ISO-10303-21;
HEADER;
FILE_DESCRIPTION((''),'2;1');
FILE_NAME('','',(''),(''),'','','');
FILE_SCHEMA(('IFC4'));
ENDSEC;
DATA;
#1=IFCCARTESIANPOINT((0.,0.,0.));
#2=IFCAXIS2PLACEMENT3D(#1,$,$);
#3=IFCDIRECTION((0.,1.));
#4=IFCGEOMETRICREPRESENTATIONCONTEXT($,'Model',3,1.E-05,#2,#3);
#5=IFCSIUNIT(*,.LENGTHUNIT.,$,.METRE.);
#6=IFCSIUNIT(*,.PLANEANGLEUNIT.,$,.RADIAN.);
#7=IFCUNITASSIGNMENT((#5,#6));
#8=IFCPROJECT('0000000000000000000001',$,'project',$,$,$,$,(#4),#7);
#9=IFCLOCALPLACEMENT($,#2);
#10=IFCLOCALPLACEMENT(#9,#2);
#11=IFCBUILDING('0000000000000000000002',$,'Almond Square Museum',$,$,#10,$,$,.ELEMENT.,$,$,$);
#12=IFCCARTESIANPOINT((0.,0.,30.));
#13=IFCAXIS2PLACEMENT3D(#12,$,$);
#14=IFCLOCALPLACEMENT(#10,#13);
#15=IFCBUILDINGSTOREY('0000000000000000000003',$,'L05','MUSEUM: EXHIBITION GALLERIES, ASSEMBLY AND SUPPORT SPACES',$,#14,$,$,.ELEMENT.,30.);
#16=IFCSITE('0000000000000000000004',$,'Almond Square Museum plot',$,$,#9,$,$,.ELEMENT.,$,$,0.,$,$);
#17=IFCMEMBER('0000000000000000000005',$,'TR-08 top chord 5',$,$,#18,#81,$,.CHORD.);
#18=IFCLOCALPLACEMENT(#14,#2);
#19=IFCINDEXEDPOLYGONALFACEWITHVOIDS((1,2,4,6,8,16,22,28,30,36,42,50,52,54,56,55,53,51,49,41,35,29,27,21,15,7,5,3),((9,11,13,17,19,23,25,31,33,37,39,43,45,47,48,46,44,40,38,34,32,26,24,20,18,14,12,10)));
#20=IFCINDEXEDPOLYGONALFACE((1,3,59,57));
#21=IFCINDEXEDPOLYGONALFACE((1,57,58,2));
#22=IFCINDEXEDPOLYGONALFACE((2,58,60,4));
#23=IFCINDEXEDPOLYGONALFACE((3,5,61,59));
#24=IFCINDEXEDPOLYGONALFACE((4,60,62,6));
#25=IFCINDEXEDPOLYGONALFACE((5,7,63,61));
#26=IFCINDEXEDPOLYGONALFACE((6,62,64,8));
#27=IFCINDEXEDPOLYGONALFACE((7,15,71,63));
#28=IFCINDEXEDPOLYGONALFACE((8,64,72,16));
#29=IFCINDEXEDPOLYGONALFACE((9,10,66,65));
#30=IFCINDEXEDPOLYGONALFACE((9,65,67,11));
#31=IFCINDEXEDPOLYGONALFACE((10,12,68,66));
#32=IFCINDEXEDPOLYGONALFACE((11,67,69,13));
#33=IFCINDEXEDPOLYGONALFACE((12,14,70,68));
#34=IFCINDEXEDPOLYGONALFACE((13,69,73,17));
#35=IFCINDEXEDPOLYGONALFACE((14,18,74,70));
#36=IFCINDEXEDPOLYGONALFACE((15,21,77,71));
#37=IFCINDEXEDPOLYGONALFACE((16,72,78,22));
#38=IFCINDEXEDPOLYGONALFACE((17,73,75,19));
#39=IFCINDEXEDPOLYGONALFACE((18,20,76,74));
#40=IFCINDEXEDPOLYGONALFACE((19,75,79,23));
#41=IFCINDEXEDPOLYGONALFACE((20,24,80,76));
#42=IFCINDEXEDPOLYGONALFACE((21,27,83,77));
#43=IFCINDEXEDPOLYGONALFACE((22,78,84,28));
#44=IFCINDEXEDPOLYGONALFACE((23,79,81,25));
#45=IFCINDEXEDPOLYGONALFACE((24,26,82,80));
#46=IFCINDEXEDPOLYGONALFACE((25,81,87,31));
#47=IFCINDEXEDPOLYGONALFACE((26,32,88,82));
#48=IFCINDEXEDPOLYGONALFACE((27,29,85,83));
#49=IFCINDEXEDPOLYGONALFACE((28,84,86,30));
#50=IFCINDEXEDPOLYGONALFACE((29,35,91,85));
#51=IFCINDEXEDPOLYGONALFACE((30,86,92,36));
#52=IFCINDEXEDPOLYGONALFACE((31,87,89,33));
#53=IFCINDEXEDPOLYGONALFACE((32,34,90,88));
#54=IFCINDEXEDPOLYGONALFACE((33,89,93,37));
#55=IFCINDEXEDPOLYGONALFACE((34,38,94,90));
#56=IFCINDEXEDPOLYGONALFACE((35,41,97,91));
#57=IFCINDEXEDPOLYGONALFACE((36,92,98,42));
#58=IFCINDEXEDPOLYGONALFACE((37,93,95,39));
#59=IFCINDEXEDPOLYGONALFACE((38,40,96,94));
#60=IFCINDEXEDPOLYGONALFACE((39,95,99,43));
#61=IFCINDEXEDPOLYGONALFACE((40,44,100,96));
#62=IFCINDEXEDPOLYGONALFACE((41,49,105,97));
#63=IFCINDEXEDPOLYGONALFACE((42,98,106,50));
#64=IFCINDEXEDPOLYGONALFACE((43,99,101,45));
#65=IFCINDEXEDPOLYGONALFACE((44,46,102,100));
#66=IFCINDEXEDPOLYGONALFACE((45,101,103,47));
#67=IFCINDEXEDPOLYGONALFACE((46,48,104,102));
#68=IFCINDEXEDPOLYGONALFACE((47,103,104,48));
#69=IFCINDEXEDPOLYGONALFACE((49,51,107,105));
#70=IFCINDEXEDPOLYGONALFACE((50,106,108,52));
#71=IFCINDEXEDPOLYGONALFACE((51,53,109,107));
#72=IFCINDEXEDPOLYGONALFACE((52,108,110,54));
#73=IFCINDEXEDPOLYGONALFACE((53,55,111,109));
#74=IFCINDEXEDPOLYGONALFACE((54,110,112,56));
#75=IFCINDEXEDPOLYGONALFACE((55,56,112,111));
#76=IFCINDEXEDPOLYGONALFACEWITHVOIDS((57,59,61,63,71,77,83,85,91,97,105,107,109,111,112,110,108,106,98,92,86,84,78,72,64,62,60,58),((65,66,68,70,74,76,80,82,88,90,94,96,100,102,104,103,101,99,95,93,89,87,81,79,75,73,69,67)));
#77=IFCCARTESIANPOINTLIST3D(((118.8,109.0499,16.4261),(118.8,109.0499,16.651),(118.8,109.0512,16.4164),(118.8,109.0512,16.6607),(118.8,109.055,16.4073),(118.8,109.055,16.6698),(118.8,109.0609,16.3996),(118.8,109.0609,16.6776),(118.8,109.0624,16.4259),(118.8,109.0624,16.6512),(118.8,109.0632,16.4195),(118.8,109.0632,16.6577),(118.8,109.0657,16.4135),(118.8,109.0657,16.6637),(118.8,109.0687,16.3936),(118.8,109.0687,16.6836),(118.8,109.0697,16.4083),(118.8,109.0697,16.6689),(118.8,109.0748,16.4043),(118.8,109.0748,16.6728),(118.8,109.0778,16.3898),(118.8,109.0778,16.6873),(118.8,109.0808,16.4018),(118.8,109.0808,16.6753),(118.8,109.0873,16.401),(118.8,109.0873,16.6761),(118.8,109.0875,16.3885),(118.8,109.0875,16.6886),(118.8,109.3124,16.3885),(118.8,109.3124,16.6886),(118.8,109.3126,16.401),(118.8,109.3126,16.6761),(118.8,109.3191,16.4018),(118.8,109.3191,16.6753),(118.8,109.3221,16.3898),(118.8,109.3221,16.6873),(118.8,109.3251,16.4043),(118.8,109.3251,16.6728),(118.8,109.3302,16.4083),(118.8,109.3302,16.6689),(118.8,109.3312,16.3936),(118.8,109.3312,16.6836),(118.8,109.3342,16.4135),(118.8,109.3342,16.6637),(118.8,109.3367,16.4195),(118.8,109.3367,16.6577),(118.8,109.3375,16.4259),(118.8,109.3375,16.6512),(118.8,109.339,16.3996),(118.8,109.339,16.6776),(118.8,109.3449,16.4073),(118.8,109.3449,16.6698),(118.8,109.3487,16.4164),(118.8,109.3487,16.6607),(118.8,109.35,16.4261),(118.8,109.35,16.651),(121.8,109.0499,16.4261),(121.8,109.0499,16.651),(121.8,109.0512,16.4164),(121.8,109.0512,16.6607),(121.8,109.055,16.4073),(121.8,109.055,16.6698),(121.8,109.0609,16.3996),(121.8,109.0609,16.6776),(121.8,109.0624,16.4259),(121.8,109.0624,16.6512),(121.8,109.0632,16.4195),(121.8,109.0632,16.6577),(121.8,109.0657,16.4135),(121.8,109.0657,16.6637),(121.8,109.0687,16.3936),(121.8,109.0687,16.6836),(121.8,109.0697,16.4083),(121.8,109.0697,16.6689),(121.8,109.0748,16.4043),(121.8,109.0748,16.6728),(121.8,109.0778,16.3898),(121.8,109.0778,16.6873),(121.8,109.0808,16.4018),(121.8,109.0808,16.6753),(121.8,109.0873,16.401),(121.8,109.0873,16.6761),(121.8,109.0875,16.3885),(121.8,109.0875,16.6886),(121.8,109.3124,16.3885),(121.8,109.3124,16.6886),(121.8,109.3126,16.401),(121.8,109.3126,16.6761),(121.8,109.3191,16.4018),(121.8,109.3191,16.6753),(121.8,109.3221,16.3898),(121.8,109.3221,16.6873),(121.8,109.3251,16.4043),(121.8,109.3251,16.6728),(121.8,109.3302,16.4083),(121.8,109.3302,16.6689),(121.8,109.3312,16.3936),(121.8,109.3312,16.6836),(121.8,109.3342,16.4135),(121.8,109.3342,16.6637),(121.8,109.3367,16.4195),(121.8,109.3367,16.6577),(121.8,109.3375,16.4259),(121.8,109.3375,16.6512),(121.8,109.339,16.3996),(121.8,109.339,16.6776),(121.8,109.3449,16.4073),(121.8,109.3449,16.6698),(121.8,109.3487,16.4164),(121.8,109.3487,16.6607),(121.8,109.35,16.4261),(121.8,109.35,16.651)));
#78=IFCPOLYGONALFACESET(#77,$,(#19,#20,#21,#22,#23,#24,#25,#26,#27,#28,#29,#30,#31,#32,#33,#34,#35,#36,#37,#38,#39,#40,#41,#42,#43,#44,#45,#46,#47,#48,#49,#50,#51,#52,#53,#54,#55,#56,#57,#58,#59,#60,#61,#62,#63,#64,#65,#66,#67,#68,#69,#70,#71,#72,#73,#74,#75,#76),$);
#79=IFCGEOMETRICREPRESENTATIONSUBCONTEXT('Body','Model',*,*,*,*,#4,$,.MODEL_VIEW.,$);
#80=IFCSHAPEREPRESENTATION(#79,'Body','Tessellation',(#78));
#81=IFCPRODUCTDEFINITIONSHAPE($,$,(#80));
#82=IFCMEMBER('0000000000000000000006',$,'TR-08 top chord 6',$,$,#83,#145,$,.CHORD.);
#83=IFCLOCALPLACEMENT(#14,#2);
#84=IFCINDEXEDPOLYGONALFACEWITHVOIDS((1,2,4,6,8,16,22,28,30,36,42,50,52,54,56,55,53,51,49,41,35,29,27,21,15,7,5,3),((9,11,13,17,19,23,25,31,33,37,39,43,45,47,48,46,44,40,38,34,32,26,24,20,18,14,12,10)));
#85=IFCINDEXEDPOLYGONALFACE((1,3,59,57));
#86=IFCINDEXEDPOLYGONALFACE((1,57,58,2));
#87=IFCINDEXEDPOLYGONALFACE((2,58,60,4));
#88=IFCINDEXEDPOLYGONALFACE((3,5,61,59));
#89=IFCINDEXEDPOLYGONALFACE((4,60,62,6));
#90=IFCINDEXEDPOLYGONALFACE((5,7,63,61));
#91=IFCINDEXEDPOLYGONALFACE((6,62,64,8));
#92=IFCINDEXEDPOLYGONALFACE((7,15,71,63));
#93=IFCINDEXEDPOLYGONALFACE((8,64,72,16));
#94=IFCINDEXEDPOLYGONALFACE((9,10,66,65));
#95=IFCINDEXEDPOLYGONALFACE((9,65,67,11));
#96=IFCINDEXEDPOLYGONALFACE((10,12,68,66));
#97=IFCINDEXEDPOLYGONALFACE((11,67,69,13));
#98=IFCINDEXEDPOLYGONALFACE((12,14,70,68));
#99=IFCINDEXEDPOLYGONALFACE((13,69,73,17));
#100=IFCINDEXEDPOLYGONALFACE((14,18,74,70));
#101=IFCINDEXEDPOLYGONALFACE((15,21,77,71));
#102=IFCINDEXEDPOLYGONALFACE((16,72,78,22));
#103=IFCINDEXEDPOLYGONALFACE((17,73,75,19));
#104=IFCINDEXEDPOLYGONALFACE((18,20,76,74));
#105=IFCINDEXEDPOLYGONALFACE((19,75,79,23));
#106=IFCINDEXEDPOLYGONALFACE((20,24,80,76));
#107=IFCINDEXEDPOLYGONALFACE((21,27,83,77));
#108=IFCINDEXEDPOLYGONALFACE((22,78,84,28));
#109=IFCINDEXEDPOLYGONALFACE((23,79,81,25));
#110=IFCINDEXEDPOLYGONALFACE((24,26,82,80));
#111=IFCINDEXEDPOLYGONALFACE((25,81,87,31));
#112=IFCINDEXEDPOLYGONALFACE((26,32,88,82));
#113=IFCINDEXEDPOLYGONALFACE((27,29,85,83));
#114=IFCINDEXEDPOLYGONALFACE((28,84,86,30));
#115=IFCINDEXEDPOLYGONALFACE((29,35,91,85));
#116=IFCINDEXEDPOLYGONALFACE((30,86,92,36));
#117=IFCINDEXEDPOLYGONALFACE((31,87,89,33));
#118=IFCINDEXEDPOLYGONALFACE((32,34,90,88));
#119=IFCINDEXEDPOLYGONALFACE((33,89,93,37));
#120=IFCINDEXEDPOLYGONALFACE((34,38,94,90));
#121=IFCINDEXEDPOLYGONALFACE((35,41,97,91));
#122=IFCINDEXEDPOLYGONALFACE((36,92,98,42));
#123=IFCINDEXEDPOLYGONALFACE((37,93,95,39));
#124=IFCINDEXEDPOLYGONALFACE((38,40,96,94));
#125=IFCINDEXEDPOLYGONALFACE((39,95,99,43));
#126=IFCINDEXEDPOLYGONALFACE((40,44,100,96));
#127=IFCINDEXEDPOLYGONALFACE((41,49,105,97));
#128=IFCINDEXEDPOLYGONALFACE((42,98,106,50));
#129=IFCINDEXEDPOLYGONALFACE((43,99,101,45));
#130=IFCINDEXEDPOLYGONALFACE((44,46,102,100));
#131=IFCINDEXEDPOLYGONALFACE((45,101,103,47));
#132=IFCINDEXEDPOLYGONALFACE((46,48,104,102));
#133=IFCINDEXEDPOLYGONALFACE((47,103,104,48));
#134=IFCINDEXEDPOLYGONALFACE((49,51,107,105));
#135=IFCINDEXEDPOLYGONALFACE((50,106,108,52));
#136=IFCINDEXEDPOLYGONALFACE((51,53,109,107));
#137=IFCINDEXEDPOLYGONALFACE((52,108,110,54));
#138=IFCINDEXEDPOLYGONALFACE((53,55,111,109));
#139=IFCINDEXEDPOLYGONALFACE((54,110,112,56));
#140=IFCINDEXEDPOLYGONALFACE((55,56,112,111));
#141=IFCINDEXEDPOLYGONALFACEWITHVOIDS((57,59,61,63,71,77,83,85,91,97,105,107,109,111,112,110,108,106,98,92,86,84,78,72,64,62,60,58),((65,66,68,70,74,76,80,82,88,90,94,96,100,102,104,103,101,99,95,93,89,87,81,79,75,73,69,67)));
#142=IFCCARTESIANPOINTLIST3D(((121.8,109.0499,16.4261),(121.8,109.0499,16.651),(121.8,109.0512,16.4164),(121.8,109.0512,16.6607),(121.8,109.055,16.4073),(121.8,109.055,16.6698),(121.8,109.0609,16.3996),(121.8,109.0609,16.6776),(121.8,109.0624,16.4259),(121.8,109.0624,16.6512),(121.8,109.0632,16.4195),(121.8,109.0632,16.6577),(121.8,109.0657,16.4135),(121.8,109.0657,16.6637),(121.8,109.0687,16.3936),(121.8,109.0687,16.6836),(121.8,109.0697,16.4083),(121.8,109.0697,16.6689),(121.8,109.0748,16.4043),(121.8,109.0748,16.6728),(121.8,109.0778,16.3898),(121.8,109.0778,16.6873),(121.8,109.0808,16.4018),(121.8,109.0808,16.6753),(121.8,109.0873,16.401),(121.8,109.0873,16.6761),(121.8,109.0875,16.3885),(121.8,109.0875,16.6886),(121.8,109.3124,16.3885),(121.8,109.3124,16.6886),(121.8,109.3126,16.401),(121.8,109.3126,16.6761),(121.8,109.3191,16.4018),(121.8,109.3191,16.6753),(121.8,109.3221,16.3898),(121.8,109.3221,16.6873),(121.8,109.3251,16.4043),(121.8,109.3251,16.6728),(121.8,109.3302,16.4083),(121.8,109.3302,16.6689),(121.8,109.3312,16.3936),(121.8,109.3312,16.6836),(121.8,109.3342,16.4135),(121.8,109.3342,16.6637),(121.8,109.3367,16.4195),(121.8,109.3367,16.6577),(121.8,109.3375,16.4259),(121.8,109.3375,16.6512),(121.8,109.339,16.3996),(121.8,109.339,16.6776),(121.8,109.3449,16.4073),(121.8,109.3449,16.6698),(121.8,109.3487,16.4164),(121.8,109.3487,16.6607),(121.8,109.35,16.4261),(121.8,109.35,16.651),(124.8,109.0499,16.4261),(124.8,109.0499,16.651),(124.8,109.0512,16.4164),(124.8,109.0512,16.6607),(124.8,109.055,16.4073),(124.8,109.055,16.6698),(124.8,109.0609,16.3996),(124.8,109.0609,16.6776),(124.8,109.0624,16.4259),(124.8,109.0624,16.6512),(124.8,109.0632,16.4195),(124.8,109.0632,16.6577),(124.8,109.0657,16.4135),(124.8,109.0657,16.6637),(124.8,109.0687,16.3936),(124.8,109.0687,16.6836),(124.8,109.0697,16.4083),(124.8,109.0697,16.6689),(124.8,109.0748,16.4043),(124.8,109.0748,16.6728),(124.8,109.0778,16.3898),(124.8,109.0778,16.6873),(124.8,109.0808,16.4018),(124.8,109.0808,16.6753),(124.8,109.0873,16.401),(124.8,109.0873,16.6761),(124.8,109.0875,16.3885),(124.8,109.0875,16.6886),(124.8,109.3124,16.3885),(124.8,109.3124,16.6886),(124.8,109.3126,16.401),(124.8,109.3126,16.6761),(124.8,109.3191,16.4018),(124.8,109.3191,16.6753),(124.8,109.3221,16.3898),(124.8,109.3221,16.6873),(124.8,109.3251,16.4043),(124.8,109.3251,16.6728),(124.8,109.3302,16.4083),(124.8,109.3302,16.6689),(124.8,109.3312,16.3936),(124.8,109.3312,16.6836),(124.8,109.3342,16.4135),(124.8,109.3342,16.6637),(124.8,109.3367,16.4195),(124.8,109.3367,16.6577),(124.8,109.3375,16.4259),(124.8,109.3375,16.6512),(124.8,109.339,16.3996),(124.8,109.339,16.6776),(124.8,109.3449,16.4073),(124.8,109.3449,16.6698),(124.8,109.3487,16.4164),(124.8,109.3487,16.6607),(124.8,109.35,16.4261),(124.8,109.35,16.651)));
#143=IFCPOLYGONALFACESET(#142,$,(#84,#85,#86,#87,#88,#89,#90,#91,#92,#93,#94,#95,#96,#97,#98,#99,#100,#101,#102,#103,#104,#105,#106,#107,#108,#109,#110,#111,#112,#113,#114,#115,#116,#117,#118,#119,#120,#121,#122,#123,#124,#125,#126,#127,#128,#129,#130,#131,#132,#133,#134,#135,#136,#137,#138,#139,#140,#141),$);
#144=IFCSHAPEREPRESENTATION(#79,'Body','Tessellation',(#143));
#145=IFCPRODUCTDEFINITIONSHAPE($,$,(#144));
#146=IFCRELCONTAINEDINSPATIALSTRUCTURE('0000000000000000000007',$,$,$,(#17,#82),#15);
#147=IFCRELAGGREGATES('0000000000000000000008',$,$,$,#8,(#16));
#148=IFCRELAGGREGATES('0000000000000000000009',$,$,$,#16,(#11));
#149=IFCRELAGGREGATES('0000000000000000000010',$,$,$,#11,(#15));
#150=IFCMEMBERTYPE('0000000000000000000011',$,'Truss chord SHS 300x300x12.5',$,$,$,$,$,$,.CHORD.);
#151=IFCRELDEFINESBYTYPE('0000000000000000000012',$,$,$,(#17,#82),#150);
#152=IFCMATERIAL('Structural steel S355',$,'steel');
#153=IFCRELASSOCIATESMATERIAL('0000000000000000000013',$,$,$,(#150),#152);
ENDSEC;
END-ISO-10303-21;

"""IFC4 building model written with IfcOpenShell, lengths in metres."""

from ifc_helpers import new_model, si_unit, direction, frame, origin, origin_2d, place, context, subcontext, project, spatial, hollow_rectangle, extrude, material, material_profile, profile_set, type_object, element, save


model = new_model("IFC4")

# Units and contexts
model_context = context("Model", 3, precision=1e-05, world=origin(), true_north=direction((0.0, 1.0)))
body_context = subcontext(model_context, "Body", "Model", "MODEL_VIEW")
ifc_project = project(units=[si_unit("LENGTHUNIT", "METRE"), si_unit("PLANEANGLEUNIT", "RADIAN")], contexts=[model_context])

# Site, building, storey
site_placement = place(None, origin())
site = spatial("IfcSite", under=ifc_project, at=site_placement, Name="Almond Square Museum plot", CompositionType="ELEMENT", RefElevation=0.0)
building_placement = place(site_placement, origin())
building = spatial("IfcBuilding", under=site, at=building_placement, Name="Almond Square Museum", CompositionType="ELEMENT")
storey_placement = place(building_placement, frame((0.0, 0.0, 30.0)))
storey = spatial("IfcBuildingStorey", under=building, at=storey_placement, Name="L05", Description="MUSEUM: EXHIBITION GALLERIES, ASSEMBLY AND SUPPORT SPACES", CompositionType="ELEMENT", Elevation=30.0)

# Members
ifc_material_1 = material(Name="Structural steel S355", Category="steel")
ifc_material_profile_1 = material_profile(ifc_material_1, hollow_rectangle(XDim=0.3, YDim=0.3, WallThickness=0.0125, InnerFilletRadius=0.0249, OuterFilletRadius=0.0376, at=origin_2d()))
ifc_profile_set_1 = profile_set([ifc_material_profile_1], Name="Structural steel S355")
member_type_1 = type_object("IfcMemberType", Name="Truss chord SHS 300x300x12.5", PredefinedType="CHORD", material=ifc_profile_set_1)
for number, where, z_axis, x_axis, name in (
    (1, (118.8, 109.2, 16.5386), (1.0, 0.0, 0.0), (0.0, 1.0, 0.0), "TR-08 top chord 5"),
    (2, (121.8, 109.2, 16.5386), (1.0, 0.0, 0.0), (0.0, 1.0, 0.0), "TR-08 top chord 6"),
):
    element("IfcMember", number, at=place(storey_placement, frame(where, z_axis=z_axis, x_axis=x_axis)), inside=storey, type_object=member_type_1, Name=name, PredefinedType="CHORD", context=body_context, shape_type="SweptSolid", body=[
        extrude(hollow_rectangle(XDim=0.3, YDim=0.3, WallThickness=0.0125, InnerFilletRadius=0.0249, OuterFilletRadius=0.0376, at=origin_2d()), origin(), (0.0, 0.0, 1.0), 3.0),
    ])

save(model, "model.ifc")
